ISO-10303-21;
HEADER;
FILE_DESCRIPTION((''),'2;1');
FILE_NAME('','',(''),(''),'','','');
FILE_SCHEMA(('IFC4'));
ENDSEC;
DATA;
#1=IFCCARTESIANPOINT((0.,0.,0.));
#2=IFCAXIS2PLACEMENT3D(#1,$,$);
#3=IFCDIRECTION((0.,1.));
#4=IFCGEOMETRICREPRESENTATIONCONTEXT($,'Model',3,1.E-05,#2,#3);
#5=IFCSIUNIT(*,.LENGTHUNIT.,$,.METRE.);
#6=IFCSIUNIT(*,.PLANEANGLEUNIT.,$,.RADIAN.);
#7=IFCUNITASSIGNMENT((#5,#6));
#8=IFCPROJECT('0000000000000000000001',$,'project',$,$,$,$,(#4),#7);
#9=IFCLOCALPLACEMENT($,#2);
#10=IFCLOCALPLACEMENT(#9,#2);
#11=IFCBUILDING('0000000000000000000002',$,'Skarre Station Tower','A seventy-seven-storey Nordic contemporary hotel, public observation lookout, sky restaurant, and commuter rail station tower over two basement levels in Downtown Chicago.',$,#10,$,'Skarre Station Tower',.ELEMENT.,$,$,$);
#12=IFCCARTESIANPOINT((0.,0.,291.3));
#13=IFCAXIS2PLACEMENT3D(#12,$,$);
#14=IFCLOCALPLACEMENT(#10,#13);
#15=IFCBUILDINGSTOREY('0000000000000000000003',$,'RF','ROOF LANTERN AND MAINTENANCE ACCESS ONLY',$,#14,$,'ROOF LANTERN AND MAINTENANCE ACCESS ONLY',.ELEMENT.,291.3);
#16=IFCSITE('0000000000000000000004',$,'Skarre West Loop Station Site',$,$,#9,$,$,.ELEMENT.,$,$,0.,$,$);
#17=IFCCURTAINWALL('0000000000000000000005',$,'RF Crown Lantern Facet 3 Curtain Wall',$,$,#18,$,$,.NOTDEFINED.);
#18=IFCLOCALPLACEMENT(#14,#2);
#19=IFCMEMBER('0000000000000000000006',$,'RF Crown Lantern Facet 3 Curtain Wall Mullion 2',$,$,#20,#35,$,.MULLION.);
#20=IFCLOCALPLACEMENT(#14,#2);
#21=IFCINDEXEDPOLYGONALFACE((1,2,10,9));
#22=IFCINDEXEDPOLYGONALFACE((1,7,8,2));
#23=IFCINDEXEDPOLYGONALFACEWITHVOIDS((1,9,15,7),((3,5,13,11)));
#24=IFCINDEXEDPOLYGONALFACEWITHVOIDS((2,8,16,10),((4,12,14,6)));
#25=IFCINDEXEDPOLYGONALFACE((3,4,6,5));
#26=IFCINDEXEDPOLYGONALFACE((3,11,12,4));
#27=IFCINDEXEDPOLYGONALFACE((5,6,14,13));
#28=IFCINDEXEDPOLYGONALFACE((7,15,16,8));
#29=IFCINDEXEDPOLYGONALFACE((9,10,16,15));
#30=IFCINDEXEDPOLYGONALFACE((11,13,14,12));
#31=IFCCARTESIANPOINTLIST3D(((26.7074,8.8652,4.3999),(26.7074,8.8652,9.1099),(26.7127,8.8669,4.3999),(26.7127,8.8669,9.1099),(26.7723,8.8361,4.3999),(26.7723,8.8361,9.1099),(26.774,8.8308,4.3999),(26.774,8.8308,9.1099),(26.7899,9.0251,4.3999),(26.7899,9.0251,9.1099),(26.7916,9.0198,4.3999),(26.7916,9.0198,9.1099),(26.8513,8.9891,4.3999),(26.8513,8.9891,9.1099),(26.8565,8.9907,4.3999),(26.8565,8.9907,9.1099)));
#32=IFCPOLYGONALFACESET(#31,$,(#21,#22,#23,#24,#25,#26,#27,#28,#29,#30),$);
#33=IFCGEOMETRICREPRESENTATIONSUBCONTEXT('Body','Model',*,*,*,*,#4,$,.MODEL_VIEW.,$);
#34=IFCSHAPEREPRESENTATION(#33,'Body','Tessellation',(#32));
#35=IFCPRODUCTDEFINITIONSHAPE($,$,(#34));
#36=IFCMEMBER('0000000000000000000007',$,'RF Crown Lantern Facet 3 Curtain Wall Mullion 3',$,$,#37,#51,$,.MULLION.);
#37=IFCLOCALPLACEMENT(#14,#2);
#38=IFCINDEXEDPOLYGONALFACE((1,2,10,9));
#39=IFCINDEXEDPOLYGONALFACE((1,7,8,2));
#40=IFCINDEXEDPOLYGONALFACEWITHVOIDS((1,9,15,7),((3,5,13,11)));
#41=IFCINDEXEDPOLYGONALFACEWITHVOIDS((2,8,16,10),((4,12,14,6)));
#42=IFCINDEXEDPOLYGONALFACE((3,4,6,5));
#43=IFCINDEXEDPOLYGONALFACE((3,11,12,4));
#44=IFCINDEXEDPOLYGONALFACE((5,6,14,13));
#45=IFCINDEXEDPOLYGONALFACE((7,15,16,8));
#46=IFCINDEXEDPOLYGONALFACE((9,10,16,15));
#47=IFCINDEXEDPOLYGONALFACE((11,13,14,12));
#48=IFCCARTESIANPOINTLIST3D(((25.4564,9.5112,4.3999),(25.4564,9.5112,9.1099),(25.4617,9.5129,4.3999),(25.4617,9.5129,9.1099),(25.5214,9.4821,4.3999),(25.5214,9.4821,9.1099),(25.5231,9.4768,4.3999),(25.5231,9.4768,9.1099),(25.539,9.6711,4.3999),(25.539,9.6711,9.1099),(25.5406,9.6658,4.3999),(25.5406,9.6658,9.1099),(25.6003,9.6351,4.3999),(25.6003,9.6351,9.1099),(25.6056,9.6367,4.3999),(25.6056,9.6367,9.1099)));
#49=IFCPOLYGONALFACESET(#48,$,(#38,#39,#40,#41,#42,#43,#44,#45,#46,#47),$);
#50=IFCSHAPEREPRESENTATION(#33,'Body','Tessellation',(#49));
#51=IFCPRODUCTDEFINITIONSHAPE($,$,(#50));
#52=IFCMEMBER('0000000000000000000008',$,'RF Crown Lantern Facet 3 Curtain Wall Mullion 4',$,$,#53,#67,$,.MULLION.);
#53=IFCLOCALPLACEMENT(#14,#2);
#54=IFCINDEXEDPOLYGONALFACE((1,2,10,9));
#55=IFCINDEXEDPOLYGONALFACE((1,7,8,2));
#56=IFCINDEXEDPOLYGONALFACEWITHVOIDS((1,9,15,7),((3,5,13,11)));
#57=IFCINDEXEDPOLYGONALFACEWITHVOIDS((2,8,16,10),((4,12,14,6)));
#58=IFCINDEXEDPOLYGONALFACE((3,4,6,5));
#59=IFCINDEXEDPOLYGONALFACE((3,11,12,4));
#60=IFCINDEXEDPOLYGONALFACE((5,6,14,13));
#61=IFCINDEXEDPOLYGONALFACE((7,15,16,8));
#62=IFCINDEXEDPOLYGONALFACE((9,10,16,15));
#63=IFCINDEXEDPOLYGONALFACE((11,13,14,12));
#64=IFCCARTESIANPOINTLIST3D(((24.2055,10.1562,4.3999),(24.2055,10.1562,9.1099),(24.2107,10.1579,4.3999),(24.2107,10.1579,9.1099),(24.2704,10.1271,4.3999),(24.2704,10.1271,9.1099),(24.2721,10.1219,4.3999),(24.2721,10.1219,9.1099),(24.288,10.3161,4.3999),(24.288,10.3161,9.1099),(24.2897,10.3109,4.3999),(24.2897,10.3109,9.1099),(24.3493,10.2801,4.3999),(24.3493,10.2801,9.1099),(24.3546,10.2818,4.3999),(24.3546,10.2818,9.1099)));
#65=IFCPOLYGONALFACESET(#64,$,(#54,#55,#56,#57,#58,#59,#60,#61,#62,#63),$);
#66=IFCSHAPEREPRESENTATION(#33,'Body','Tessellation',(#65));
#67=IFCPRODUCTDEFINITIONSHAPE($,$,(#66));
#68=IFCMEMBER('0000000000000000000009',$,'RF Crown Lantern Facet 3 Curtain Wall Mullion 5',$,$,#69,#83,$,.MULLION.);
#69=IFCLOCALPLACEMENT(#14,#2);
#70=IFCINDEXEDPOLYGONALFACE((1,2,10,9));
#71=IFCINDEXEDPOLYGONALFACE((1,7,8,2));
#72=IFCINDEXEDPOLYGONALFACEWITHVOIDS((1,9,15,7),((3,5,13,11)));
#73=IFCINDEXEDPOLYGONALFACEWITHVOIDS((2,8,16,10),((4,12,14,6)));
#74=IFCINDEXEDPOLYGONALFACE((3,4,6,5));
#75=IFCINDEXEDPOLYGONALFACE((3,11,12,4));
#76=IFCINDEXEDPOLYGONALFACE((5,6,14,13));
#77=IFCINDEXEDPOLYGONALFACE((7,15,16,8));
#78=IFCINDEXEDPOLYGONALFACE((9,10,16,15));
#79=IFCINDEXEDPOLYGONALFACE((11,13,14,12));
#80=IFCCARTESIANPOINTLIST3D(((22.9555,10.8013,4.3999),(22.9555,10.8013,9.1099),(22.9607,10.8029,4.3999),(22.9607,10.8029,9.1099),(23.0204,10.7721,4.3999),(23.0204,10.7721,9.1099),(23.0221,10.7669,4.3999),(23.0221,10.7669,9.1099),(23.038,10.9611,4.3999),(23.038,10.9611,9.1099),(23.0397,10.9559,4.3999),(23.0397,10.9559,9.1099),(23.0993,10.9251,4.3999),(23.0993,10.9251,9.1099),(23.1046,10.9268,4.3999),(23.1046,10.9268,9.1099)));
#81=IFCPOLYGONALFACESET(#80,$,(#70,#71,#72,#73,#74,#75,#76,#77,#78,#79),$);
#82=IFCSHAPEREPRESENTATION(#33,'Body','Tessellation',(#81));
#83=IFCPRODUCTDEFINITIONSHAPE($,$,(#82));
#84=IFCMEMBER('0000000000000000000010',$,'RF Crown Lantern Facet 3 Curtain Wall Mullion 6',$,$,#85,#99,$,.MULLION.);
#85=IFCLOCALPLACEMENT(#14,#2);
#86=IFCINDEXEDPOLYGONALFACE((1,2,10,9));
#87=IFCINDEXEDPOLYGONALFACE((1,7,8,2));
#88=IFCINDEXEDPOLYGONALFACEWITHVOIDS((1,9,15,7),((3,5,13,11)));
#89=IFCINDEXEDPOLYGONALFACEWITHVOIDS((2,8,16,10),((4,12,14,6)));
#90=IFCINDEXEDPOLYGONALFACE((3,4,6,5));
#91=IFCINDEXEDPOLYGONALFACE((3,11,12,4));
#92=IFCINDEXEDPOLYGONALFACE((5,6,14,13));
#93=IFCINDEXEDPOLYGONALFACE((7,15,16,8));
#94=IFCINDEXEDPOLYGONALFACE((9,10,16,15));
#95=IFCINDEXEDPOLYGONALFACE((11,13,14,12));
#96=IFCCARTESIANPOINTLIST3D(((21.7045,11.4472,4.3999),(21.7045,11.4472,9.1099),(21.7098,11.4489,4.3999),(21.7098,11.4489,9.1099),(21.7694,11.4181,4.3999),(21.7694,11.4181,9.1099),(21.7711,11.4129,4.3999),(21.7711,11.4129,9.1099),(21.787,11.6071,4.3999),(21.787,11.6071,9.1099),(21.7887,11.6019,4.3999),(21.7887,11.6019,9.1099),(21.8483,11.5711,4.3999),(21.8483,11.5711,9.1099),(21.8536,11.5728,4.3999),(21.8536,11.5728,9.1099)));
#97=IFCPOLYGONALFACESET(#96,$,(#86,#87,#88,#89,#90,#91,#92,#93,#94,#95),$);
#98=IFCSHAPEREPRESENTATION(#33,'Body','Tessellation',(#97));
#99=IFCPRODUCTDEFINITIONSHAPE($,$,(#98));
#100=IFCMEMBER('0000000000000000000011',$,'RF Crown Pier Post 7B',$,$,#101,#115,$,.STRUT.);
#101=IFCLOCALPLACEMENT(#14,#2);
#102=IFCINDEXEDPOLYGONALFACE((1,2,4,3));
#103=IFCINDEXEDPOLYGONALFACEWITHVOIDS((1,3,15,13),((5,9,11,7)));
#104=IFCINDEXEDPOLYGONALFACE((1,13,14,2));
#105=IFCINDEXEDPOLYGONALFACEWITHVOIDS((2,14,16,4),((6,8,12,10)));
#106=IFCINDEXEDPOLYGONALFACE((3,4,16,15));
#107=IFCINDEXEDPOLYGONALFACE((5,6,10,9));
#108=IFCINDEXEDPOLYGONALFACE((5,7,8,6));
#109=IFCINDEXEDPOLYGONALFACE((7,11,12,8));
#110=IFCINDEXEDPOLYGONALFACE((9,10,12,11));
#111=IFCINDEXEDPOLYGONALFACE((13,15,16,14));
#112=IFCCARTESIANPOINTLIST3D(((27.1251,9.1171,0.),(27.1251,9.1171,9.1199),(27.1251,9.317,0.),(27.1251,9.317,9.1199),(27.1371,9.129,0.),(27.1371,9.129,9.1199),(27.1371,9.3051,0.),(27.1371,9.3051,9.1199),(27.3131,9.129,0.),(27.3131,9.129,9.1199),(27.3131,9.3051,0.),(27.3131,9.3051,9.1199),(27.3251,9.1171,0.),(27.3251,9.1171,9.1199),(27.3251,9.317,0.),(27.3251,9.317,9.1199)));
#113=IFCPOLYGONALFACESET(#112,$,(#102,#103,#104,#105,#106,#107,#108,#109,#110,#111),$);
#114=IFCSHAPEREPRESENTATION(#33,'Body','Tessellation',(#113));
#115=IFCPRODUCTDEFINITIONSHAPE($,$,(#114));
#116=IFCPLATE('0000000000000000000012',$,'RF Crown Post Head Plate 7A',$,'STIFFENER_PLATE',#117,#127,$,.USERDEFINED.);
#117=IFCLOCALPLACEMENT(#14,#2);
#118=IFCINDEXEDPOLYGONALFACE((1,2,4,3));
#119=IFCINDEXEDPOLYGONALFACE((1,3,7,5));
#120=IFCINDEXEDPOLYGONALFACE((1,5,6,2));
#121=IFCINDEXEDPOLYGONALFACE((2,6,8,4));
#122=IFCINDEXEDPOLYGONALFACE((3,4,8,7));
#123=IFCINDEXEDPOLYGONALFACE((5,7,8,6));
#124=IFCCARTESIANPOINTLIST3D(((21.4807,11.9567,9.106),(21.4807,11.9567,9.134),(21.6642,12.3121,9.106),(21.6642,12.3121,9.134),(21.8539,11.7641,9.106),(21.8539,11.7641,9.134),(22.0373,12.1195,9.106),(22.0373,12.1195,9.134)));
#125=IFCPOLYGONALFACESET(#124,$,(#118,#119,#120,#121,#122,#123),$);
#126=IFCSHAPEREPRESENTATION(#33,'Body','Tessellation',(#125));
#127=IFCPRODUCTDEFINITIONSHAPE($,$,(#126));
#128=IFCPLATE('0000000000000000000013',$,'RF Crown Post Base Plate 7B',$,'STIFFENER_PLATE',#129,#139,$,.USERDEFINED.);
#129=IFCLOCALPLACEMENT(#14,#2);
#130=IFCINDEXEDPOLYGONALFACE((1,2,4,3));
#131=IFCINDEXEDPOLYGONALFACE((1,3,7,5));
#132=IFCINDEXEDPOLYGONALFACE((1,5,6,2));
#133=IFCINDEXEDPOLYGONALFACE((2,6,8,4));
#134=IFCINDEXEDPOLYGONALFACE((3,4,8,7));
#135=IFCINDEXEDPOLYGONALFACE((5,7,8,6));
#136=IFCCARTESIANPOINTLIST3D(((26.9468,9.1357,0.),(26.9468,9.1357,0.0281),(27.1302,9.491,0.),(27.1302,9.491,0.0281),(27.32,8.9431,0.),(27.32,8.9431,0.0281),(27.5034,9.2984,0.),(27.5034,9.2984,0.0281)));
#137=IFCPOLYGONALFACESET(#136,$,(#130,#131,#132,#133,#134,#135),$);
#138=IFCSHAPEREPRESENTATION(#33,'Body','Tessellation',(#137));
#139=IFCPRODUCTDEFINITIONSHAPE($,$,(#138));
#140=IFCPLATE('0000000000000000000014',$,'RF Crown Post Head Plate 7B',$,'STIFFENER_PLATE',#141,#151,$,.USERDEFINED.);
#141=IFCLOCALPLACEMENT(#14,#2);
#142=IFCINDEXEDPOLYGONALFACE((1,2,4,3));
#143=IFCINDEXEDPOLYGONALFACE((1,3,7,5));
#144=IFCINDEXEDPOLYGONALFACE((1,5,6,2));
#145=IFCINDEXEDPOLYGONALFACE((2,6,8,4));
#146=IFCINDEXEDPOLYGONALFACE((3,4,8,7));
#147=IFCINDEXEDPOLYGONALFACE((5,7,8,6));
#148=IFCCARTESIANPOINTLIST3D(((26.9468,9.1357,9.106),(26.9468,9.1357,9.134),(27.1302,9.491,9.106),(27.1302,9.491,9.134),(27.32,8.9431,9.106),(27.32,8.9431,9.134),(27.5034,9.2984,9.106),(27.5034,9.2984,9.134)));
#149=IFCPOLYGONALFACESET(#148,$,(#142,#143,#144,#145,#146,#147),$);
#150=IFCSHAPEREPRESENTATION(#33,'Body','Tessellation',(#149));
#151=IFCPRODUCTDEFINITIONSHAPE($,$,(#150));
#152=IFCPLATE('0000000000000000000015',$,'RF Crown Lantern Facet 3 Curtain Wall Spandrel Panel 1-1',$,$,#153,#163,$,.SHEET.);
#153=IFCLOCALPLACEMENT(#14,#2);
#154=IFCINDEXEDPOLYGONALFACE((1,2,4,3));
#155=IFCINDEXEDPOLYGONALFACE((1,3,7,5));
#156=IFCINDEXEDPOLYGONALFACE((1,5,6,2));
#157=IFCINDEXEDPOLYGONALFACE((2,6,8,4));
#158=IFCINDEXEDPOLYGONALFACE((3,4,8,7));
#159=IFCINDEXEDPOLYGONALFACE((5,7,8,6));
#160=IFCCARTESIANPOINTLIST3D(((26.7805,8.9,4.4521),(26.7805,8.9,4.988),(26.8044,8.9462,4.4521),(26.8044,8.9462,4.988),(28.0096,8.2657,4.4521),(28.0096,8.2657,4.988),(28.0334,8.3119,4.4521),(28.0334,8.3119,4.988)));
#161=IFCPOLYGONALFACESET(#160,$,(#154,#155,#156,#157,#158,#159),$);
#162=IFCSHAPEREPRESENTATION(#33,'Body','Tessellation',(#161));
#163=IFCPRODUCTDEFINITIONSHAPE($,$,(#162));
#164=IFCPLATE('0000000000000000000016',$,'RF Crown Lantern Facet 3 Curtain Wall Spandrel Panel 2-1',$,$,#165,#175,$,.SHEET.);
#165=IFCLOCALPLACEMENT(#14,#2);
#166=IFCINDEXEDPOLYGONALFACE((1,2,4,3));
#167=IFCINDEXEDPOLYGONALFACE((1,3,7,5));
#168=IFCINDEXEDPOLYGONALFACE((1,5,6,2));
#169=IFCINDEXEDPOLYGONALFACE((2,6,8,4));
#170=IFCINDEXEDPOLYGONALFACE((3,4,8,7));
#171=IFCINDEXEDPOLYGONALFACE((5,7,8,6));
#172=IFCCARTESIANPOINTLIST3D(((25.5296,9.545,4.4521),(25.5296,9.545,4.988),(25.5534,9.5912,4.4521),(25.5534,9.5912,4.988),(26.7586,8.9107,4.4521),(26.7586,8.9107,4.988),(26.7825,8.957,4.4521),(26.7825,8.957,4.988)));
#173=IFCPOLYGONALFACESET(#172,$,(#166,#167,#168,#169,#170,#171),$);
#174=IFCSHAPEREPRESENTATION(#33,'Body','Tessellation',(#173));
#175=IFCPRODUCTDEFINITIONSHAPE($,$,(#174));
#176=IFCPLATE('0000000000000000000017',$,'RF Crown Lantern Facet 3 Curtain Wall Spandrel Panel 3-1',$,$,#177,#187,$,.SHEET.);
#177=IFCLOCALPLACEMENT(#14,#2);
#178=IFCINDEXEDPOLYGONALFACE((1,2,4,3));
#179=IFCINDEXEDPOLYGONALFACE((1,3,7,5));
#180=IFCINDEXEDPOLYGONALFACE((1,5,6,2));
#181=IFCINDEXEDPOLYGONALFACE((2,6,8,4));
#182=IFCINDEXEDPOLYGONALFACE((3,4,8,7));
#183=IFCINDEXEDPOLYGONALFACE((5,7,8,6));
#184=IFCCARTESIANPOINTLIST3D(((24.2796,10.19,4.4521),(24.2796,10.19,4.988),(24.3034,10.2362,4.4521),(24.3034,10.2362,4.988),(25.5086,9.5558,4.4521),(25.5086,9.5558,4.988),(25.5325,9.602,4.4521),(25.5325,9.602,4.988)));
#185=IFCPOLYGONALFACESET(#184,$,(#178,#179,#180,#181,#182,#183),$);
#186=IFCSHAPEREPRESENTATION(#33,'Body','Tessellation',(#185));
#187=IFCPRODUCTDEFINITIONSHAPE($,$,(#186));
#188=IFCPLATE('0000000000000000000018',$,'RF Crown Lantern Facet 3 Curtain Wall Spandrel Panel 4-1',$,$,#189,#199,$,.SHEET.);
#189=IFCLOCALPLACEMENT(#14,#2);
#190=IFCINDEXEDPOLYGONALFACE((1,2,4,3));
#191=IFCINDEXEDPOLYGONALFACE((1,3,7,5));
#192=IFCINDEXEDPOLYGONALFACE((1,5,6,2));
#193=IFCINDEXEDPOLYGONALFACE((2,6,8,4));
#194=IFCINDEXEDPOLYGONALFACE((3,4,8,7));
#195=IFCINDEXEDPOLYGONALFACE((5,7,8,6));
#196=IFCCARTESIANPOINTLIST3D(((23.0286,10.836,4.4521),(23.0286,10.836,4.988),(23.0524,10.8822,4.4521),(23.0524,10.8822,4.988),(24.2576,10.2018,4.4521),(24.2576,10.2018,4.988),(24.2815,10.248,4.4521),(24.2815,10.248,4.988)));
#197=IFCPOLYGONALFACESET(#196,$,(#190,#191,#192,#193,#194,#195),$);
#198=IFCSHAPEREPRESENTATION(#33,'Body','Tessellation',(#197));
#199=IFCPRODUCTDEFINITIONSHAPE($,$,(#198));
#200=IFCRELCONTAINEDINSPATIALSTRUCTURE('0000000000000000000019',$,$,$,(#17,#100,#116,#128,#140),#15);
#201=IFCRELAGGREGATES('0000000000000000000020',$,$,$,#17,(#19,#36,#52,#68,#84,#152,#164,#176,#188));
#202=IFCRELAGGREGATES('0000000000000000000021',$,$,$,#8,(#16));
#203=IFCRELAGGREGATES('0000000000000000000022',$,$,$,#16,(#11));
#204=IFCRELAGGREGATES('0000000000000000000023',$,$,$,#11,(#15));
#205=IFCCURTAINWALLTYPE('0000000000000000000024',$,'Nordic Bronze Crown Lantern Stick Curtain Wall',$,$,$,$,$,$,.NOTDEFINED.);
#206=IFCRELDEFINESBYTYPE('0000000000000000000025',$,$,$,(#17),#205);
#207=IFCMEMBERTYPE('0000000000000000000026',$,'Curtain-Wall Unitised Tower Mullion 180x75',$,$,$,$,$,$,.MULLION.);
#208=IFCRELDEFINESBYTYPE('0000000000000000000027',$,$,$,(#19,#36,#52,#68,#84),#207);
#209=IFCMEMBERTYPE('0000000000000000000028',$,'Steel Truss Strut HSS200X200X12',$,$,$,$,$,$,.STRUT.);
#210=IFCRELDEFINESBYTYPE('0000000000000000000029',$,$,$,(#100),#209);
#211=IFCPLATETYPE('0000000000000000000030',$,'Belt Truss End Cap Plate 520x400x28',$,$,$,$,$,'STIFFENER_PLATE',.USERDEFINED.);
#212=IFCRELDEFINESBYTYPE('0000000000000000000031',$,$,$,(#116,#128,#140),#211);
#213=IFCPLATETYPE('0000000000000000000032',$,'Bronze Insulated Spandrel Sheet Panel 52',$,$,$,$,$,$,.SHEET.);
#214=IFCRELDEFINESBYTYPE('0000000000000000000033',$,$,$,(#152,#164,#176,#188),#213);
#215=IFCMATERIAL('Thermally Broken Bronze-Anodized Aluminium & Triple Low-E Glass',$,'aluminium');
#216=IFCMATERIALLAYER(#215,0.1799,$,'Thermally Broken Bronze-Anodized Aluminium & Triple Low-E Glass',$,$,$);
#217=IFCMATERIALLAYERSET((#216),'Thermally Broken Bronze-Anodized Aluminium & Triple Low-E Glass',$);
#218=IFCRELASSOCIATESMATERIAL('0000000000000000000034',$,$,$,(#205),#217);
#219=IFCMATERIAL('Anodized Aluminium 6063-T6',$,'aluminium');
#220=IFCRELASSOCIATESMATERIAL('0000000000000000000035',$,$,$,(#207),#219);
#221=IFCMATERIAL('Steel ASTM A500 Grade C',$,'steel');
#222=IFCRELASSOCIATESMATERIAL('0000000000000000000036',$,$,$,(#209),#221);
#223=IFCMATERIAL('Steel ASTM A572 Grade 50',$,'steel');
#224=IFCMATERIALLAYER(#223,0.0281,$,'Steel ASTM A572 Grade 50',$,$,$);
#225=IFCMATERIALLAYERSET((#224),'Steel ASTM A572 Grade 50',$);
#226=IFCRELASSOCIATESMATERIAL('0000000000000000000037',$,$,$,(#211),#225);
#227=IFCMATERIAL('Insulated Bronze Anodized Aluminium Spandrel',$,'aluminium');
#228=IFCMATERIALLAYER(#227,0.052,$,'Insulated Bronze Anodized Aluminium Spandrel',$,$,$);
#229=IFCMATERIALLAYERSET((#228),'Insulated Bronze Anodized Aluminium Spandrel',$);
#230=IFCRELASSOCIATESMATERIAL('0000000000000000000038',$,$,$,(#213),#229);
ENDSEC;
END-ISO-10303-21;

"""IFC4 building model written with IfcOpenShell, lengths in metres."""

from ifc_helpers import new_model, si_unit, direction, frame, origin, origin_2d, place, context, subcontext, project, spatial, rectangle, hollow_rectangle, extrude, material, layer, layer_set, material_profile, profile_set, type_object, element, aggregate, save


model = new_model("IFC4")

# Units and contexts
model_context = context("Model", 3, precision=1e-05, world=origin(), true_north=direction((0.0, 1.0)))
body_context = subcontext(model_context, "Body", "Model", "MODEL_VIEW")
ifc_project = project(units=[si_unit("LENGTHUNIT", "METRE"), si_unit("PLANEANGLEUNIT", "RADIAN")], contexts=[model_context])

# Site, building, storey
site_placement = place(None, origin())
site = spatial("IfcSite", under=ifc_project, at=site_placement, Name="Skarre West Loop Station Site", CompositionType="ELEMENT", RefElevation=0.0)
building_placement = place(site_placement, origin())
building = spatial("IfcBuilding", under=site, at=building_placement, Name="Skarre Station Tower", Description="A seventy-seven-storey Nordic contemporary hotel, public observation lookout, sky restaurant, and commuter rail station tower over two basement levels in Downtown Chicago.", LongName="Skarre Station Tower", CompositionType="ELEMENT")
storey_placement = place(building_placement, frame((0.0, 0.0, 291.3)))
storey = spatial("IfcBuildingStorey", under=building, at=storey_placement, Name="RF", Description="ROOF LANTERN AND MAINTENANCE ACCESS ONLY", LongName="ROOF LANTERN AND MAINTENANCE ACCESS ONLY", CompositionType="ELEMENT", Elevation=291.3)

# Curtain wall, members
ifc_material_1 = material(Name="Thermally Broken Bronze-Anodized Aluminium & Triple Low-E Glass", Category="aluminium")
ifc_layer_1 = layer(ifc_material_1, 0.1799, Name="Thermally Broken Bronze-Anodized Aluminium & Triple Low-E Glass")
ifc_layer_set_1 = layer_set([ifc_layer_1], Name="Thermally Broken Bronze-Anodized Aluminium & Triple Low-E Glass")
curtain_wall_type = type_object("IfcCurtainWallType", Name="Nordic Bronze Crown Lantern Stick Curtain Wall", PredefinedType="NOTDEFINED", material=ifc_layer_set_1)
curtain_wall_placement = place(storey_placement, origin())
curtain_wall = element("IfcCurtainWall", 1, at=curtain_wall_placement, inside=storey, type_object=curtain_wall_type, Name="RF Crown Lantern Facet 3 Curtain Wall", PredefinedType="NOTDEFINED")
ifc_material_2 = material(Name="Anodized Aluminium 6063-T6", Category="aluminium")
ifc_material_profile_1 = material_profile(ifc_material_2, hollow_rectangle(XDim=0.075, YDim=0.1799, WallThickness=0.0039, at=origin_2d()), Name="Anodized Aluminium 6063-T6")
ifc_profile_set_1 = profile_set([ifc_material_profile_1], Name="Anodized Aluminium 6063-T6")
member_type_1 = type_object("IfcMemberType", Name="Curtain-Wall Unitised Tower Mullion 180x75", PredefinedType="MULLION", material=ifc_profile_set_1)
member_1_placement = place(storey_placement, frame((26.782, 8.928, 4.3999), z_axis=(0.0, 0.0, 1.0), x_axis=(-0.888649, 0.458588, 0.0)))
member_1 = element("IfcMember", 2, at=member_1_placement, type_object=member_type_1, Name="RF Crown Lantern Facet 3 Curtain Wall Mullion 2", PredefinedType="MULLION", context=body_context, shape_type="SweptSolid", body=[
    extrude(hollow_rectangle(XDim=0.075, YDim=0.1799, WallThickness=0.0039, at=origin_2d()), origin(), (0.0, 0.0, 1.0), 4.71),
])
member_2_placement = place(storey_placement, frame((25.531, 9.574, 4.3999), z_axis=(0.0, 0.0, 1.0), x_axis=(-0.888649, 0.458588, 0.0)))
member_2 = element("IfcMember", 3, at=member_2_placement, type_object=member_type_1, Name="RF Crown Lantern Facet 3 Curtain Wall Mullion 3", PredefinedType="MULLION", context=body_context, shape_type="SweptSolid", body=[
    extrude(hollow_rectangle(XDim=0.075, YDim=0.1799, WallThickness=0.0039, at=origin_2d()), origin(), (0.0, 0.0, 1.0), 4.71),
])
member_3_placement = place(storey_placement, frame((24.28, 10.219, 4.3999), z_axis=(0.0, 0.0, 1.0), x_axis=(-0.888649, 0.458588, 0.0)))
member_3 = element("IfcMember", 4, at=member_3_placement, type_object=member_type_1, Name="RF Crown Lantern Facet 3 Curtain Wall Mullion 4", PredefinedType="MULLION", context=body_context, shape_type="SweptSolid", body=[
    extrude(hollow_rectangle(XDim=0.075, YDim=0.1799, WallThickness=0.0039, at=origin_2d()), origin(), (0.0, 0.0, 1.0), 4.71),
])
member_4_placement = place(storey_placement, frame((23.03, 10.864, 4.3999), z_axis=(0.0, 0.0, 1.0), x_axis=(-0.888649, 0.458588, 0.0)))
member_4 = element("IfcMember", 5, at=member_4_placement, type_object=member_type_1, Name="RF Crown Lantern Facet 3 Curtain Wall Mullion 5", PredefinedType="MULLION", context=body_context, shape_type="SweptSolid", body=[
    extrude(hollow_rectangle(XDim=0.075, YDim=0.1799, WallThickness=0.0039, at=origin_2d()), origin(), (0.0, 0.0, 1.0), 4.71),
])
member_5_placement = place(storey_placement, frame((21.7791, 11.51, 4.3999), z_axis=(0.0, 0.0, 1.0), x_axis=(-0.888649, 0.458588, 0.0)))
member_5 = element("IfcMember", 6, at=member_5_placement, type_object=member_type_1, Name="RF Crown Lantern Facet 3 Curtain Wall Mullion 6", PredefinedType="MULLION", context=body_context, shape_type="SweptSolid", body=[
    extrude(hollow_rectangle(XDim=0.075, YDim=0.1799, WallThickness=0.0039, at=origin_2d()), origin(), (0.0, 0.0, 1.0), 4.71),
])

# Member
ifc_material_3 = material(Name="Steel ASTM A500 Grade C", Category="steel")
ifc_material_profile_2 = material_profile(ifc_material_3, hollow_rectangle(XDim=0.2, YDim=0.2, WallThickness=0.012, at=origin_2d()), Name="Steel ASTM A500 Grade C")
ifc_profile_set_2 = profile_set([ifc_material_profile_2], Name="Steel ASTM A500 Grade C")
member_type_2 = type_object("IfcMemberType", Name="Steel Truss Strut HSS200X200X12", PredefinedType="STRUT", material=ifc_profile_set_2)
member_6_placement = place(storey_placement, frame((27.2251, 9.217, 0.0), z_axis=(0.0, 0.0, 1.0), x_axis=(1.0, 0.0, 0.0)))
element("IfcMember", 7, at=member_6_placement, inside=storey, type_object=member_type_2, Name="RF Crown Pier Post 7B", PredefinedType="STRUT", context=body_context, shape_type="SweptSolid", body=[
    extrude(hollow_rectangle(XDim=0.2, YDim=0.2, WallThickness=0.012, at=origin_2d()), origin(), (0.0, 0.0, 1.0), 9.1199),
])

# Plates
ifc_material_4 = material(Name="Steel ASTM A572 Grade 50", Category="steel")
ifc_layer_2 = layer(ifc_material_4, 0.0281, Name="Steel ASTM A572 Grade 50")
ifc_layer_set_2 = layer_set([ifc_layer_2], Name="Steel ASTM A572 Grade 50")
plate_type_1 = type_object("IfcPlateType", Name="Belt Truss End Cap Plate 520x400x28", ElementType="STIFFENER_PLATE", PredefinedType="USERDEFINED", material=ifc_layer_set_2)
for number, where, z_axis, x_axis, name in (
    (8, (21.759, 12.0381, 9.106), (0.0, 0.0, 1.0), (0.888601, -0.458681, 0.0), "RF Crown Post Head Plate 7A"),
    (9, (27.2251, 9.217, 0.0), (0.0, 0.0, 1.0), (0.888601, -0.458681, 0.0), "RF Crown Post Base Plate 7B"),
    (10, (27.2251, 9.217, 9.106), (0.0, 0.0, 1.0), (0.888601, -0.458681, 0.0), "RF Crown Post Head Plate 7B"),
):
    element("IfcPlate", number, at=place(storey_placement, frame(where, z_axis=z_axis, x_axis=x_axis)), inside=storey, type_object=plate_type_1, Name=name, ObjectType="STIFFENER_PLATE", PredefinedType="USERDEFINED", context=body_context, shape_type="SweptSolid", body=[
        extrude(rectangle(XDim=0.4199, YDim=0.3999, at=origin_2d()), origin(), (0.0, 0.0, 1.0), 0.0281),
    ])

# Plates
ifc_material_5 = material(Name="Insulated Bronze Anodized Aluminium Spandrel", Category="aluminium")
ifc_layer_3 = layer(ifc_material_5, 0.052, Name="Insulated Bronze Anodized Aluminium Spandrel")
ifc_layer_set_3 = layer_set([ifc_layer_3], Name="Insulated Bronze Anodized Aluminium Spandrel")
plate_type_2 = type_object("IfcPlateType", Name="Bronze Insulated Spandrel Sheet Panel 52", PredefinedType="SHEET", material=ifc_layer_set_3)
plate_1_placement = place(storey_placement, frame((27.407, 8.606, 4.4521), z_axis=(0.0, 0.0, 1.0), x_axis=(-0.888649, 0.458588, 0.0)))
plate_1 = element("IfcPlate", 11, at=plate_1_placement, type_object=plate_type_2, Name="RF Crown Lantern Facet 3 Curtain Wall Spandrel Panel 1-1", PredefinedType="SHEET", context=body_context, shape_type="SweptSolid", body=[
    extrude(rectangle(XDim=1.3831, YDim=0.052, at=origin_2d()), origin(), (0.0, 0.0, 1.0), 0.5359),
])
plate_2_placement = place(storey_placement, frame((26.156, 9.251, 4.4521), z_axis=(0.0, 0.0, 1.0), x_axis=(-0.888649, 0.458588, 0.0)))
plate_2 = element("IfcPlate", 12, at=plate_2_placement, type_object=plate_type_2, Name="RF Crown Lantern Facet 3 Curtain Wall Spandrel Panel 2-1", PredefinedType="SHEET", context=body_context, shape_type="SweptSolid", body=[
    extrude(rectangle(XDim=1.3831, YDim=0.052, at=origin_2d()), origin(), (0.0, 0.0, 1.0), 0.5359),
])
plate_3_placement = place(storey_placement, frame((24.906, 9.896, 4.4521), z_axis=(0.0, 0.0, 1.0), x_axis=(-0.888649, 0.458588, 0.0)))
plate_3 = element("IfcPlate", 13, at=plate_3_placement, type_object=plate_type_2, Name="RF Crown Lantern Facet 3 Curtain Wall Spandrel Panel 3-1", PredefinedType="SHEET", context=body_context, shape_type="SweptSolid", body=[
    extrude(rectangle(XDim=1.3831, YDim=0.052, at=origin_2d()), origin(), (0.0, 0.0, 1.0), 0.5359),
])
plate_4_placement = place(storey_placement, frame((23.655, 10.542, 4.4521), z_axis=(0.0, 0.0, 1.0), x_axis=(-0.888649, 0.458588, 0.0)))
plate_4 = element("IfcPlate", 14, at=plate_4_placement, type_object=plate_type_2, Name="RF Crown Lantern Facet 3 Curtain Wall Spandrel Panel 4-1", PredefinedType="SHEET", context=body_context, shape_type="SweptSolid", body=[
    extrude(rectangle(XDim=1.3831, YDim=0.052, at=origin_2d()), origin(), (0.0, 0.0, 1.0), 0.5359),
])
aggregate(curtain_wall, [member_1, member_2, member_3, member_4, member_5, plate_1, plate_2, plate_3, plate_4])

save(model, "model.ifc")
